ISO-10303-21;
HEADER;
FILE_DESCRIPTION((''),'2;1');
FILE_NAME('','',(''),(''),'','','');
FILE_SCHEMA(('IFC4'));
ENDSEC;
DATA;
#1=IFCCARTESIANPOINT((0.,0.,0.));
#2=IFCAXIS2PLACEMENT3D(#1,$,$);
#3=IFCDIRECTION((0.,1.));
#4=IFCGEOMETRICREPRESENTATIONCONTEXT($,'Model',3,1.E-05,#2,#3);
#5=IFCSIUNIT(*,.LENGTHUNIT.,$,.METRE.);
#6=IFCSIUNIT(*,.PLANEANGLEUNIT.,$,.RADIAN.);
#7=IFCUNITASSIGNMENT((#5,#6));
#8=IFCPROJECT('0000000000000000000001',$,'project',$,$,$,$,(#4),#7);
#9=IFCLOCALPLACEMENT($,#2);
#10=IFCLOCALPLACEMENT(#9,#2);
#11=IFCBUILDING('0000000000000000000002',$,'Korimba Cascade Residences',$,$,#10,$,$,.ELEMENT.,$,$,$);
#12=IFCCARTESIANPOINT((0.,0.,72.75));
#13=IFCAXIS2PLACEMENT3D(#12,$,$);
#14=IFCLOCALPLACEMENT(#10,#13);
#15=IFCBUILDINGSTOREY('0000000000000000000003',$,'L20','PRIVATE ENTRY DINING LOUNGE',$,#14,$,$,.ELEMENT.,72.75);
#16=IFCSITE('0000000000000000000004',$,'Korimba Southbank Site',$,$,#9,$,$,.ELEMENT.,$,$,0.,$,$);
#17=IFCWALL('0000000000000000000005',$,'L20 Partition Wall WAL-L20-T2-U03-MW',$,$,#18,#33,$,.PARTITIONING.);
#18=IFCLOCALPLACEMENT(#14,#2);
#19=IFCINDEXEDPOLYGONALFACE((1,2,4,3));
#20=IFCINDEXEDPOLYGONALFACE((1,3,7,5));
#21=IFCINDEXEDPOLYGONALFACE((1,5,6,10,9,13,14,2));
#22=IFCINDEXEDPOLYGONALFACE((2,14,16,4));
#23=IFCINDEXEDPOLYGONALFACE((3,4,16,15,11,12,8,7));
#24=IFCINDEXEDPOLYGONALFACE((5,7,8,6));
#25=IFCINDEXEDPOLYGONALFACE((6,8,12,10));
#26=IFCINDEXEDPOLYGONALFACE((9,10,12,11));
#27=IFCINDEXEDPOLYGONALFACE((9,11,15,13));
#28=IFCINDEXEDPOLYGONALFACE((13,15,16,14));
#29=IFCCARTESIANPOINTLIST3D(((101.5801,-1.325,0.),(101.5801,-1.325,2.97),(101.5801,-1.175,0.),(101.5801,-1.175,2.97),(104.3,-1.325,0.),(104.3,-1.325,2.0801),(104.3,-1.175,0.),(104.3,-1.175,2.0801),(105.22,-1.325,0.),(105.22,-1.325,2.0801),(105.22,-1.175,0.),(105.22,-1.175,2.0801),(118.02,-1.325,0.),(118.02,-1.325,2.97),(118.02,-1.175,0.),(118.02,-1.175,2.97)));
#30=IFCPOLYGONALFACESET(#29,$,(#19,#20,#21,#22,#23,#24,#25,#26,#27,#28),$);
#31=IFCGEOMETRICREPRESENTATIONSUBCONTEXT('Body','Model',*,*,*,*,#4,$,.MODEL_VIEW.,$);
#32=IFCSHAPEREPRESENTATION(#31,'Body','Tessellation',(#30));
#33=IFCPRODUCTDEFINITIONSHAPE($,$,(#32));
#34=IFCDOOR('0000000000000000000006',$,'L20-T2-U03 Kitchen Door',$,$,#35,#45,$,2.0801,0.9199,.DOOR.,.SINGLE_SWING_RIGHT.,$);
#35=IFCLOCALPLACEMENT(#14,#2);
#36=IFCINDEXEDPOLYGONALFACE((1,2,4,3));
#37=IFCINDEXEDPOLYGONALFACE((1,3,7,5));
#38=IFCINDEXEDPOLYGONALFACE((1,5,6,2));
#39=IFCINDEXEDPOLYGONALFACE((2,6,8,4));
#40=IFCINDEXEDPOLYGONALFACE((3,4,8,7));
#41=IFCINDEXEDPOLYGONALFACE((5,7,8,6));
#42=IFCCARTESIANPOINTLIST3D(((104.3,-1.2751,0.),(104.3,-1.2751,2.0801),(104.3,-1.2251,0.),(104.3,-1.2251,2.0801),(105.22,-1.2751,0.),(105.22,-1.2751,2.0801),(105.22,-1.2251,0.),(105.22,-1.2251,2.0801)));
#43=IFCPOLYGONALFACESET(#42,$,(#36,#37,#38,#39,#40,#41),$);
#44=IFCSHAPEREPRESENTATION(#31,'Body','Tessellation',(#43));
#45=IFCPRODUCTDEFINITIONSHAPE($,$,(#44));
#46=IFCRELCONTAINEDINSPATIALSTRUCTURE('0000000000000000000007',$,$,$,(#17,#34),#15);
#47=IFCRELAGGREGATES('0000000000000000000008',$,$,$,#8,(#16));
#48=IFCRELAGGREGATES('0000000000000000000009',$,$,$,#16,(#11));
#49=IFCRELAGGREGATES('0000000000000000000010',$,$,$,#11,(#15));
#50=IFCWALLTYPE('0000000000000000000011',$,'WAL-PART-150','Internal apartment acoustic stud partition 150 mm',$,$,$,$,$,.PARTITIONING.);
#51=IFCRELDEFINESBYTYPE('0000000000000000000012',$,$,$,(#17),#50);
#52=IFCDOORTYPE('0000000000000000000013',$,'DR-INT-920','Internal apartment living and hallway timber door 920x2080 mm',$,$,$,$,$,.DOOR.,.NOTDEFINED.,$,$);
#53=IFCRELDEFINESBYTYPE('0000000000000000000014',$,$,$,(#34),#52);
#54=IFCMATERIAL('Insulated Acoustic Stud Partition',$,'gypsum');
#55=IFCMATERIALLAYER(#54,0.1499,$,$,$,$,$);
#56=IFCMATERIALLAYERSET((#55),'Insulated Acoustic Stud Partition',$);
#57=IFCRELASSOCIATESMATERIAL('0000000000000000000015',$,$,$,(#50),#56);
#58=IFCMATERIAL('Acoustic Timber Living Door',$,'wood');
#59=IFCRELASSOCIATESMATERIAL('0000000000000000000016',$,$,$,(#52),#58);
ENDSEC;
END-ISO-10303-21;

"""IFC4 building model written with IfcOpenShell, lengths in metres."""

from ifc_helpers import new_model, si_unit, direction, frame, frame_2d, origin, place, context, subcontext, project, spatial, rectangle, extrude, material, layer, layer_set, type_object, element, fill, save


model = new_model("IFC4")

# Units and contexts
model_context = context("Model", 3, precision=1e-05, world=origin(), true_north=direction((0.0, 1.0)))
body_context = subcontext(model_context, "Body", "Model", "MODEL_VIEW")
ifc_project = project(units=[si_unit("LENGTHUNIT", "METRE"), si_unit("PLANEANGLEUNIT", "RADIAN")], contexts=[model_context])

# Site, building, storey
site_placement = place(None, origin())
site = spatial("IfcSite", under=ifc_project, at=site_placement, Name="Korimba Southbank Site", CompositionType="ELEMENT", RefElevation=0.0)
building_placement = place(site_placement, origin())
building = spatial("IfcBuilding", under=site, at=building_placement, Name="Korimba Cascade Residences", CompositionType="ELEMENT")
storey_placement = place(building_placement, frame((0.0, 0.0, 72.75)))
storey = spatial("IfcBuildingStorey", under=building, at=storey_placement, Name="L20", Description="PRIVATE ENTRY DINING LOUNGE", CompositionType="ELEMENT", Elevation=72.75)

# Shared definitions
ifc_material_1 = material(Name="Insulated Acoustic Stud Partition", Category="gypsum")
ifc_layer = layer(ifc_material_1, 0.1499)
ifc_layer_set = layer_set([ifc_layer], Name="Insulated Acoustic Stud Partition")
wall_type = type_object("IfcWallType", Name="WAL-PART-150", Description="Internal apartment acoustic stud partition 150 mm", PredefinedType="PARTITIONING", material=ifc_layer_set)

# Wall, opening, door
wall_1_placement = place(storey_placement, frame((101.5801, -1.25, 0.0), z_axis=(0.0, 0.0, 1.0), x_axis=(1.0, 0.0, 0.0)))
wall_1 = element("IfcWall", 1, at=wall_1_placement, inside=storey, type_object=wall_type, Name="L20 Partition Wall WAL-L20-T2-U03-MW", PredefinedType="PARTITIONING", context=body_context, shape_type="SweptSolid", body=[
    extrude(rectangle(XDim=16.4399, YDim=0.1499, at=frame_2d((8.22, 0.0))), origin(), (0.0, 0.0, 1.0), 2.97),
])
opening_1_placement = place(wall_1_placement, frame((2.72, 0.0, 0.0)))
opening_1 = element("IfcOpeningElement", 2, at=opening_1_placement, cuts=wall_1, PredefinedType="OPENING", context=body_context, shape_type="SweptSolid", body=[
    extrude(rectangle(XDim=0.9199, YDim=2.0801, at=frame_2d((0.46, 1.04))), frame((0.0, 0.085, 0.0), z_axis=(0.0, -1.0, 0.0), x_axis=(1.0, 0.0, 0.0)), (0.0, 0.0, 1.0), 0.1699),
])
ifc_material_2 = material(Name="Acoustic Timber Living Door", Category="wood")
door_type_1 = type_object("IfcDoorType", Name="DR-INT-920", Description="Internal apartment living and hallway timber door 920x2080 mm", OperationType="NOTDEFINED", PredefinedType="DOOR", material=ifc_material_2)
door_1_placement = place(opening_1_placement, origin())
door_1 = element("IfcDoor", 3, at=door_1_placement, inside=storey, type_object=door_type_1, Name="L20-T2-U03 Kitchen Door", OperationType="SINGLE_SWING_RIGHT", OverallHeight=2.0801, OverallWidth=0.9199, PredefinedType="DOOR", context=body_context, shape_type="SweptSolid", body=[
    extrude(rectangle(XDim=0.9199, YDim=2.0801, at=frame_2d((0.46, 1.04))), frame((0.0, 0.0249, 0.0), z_axis=(0.0, -1.0, 0.0), x_axis=(1.0, 0.0, 0.0)), (0.0, 0.0, 1.0), 0.05),
])
fill(opening_1, door_1)

save(model, "model.ifc")
